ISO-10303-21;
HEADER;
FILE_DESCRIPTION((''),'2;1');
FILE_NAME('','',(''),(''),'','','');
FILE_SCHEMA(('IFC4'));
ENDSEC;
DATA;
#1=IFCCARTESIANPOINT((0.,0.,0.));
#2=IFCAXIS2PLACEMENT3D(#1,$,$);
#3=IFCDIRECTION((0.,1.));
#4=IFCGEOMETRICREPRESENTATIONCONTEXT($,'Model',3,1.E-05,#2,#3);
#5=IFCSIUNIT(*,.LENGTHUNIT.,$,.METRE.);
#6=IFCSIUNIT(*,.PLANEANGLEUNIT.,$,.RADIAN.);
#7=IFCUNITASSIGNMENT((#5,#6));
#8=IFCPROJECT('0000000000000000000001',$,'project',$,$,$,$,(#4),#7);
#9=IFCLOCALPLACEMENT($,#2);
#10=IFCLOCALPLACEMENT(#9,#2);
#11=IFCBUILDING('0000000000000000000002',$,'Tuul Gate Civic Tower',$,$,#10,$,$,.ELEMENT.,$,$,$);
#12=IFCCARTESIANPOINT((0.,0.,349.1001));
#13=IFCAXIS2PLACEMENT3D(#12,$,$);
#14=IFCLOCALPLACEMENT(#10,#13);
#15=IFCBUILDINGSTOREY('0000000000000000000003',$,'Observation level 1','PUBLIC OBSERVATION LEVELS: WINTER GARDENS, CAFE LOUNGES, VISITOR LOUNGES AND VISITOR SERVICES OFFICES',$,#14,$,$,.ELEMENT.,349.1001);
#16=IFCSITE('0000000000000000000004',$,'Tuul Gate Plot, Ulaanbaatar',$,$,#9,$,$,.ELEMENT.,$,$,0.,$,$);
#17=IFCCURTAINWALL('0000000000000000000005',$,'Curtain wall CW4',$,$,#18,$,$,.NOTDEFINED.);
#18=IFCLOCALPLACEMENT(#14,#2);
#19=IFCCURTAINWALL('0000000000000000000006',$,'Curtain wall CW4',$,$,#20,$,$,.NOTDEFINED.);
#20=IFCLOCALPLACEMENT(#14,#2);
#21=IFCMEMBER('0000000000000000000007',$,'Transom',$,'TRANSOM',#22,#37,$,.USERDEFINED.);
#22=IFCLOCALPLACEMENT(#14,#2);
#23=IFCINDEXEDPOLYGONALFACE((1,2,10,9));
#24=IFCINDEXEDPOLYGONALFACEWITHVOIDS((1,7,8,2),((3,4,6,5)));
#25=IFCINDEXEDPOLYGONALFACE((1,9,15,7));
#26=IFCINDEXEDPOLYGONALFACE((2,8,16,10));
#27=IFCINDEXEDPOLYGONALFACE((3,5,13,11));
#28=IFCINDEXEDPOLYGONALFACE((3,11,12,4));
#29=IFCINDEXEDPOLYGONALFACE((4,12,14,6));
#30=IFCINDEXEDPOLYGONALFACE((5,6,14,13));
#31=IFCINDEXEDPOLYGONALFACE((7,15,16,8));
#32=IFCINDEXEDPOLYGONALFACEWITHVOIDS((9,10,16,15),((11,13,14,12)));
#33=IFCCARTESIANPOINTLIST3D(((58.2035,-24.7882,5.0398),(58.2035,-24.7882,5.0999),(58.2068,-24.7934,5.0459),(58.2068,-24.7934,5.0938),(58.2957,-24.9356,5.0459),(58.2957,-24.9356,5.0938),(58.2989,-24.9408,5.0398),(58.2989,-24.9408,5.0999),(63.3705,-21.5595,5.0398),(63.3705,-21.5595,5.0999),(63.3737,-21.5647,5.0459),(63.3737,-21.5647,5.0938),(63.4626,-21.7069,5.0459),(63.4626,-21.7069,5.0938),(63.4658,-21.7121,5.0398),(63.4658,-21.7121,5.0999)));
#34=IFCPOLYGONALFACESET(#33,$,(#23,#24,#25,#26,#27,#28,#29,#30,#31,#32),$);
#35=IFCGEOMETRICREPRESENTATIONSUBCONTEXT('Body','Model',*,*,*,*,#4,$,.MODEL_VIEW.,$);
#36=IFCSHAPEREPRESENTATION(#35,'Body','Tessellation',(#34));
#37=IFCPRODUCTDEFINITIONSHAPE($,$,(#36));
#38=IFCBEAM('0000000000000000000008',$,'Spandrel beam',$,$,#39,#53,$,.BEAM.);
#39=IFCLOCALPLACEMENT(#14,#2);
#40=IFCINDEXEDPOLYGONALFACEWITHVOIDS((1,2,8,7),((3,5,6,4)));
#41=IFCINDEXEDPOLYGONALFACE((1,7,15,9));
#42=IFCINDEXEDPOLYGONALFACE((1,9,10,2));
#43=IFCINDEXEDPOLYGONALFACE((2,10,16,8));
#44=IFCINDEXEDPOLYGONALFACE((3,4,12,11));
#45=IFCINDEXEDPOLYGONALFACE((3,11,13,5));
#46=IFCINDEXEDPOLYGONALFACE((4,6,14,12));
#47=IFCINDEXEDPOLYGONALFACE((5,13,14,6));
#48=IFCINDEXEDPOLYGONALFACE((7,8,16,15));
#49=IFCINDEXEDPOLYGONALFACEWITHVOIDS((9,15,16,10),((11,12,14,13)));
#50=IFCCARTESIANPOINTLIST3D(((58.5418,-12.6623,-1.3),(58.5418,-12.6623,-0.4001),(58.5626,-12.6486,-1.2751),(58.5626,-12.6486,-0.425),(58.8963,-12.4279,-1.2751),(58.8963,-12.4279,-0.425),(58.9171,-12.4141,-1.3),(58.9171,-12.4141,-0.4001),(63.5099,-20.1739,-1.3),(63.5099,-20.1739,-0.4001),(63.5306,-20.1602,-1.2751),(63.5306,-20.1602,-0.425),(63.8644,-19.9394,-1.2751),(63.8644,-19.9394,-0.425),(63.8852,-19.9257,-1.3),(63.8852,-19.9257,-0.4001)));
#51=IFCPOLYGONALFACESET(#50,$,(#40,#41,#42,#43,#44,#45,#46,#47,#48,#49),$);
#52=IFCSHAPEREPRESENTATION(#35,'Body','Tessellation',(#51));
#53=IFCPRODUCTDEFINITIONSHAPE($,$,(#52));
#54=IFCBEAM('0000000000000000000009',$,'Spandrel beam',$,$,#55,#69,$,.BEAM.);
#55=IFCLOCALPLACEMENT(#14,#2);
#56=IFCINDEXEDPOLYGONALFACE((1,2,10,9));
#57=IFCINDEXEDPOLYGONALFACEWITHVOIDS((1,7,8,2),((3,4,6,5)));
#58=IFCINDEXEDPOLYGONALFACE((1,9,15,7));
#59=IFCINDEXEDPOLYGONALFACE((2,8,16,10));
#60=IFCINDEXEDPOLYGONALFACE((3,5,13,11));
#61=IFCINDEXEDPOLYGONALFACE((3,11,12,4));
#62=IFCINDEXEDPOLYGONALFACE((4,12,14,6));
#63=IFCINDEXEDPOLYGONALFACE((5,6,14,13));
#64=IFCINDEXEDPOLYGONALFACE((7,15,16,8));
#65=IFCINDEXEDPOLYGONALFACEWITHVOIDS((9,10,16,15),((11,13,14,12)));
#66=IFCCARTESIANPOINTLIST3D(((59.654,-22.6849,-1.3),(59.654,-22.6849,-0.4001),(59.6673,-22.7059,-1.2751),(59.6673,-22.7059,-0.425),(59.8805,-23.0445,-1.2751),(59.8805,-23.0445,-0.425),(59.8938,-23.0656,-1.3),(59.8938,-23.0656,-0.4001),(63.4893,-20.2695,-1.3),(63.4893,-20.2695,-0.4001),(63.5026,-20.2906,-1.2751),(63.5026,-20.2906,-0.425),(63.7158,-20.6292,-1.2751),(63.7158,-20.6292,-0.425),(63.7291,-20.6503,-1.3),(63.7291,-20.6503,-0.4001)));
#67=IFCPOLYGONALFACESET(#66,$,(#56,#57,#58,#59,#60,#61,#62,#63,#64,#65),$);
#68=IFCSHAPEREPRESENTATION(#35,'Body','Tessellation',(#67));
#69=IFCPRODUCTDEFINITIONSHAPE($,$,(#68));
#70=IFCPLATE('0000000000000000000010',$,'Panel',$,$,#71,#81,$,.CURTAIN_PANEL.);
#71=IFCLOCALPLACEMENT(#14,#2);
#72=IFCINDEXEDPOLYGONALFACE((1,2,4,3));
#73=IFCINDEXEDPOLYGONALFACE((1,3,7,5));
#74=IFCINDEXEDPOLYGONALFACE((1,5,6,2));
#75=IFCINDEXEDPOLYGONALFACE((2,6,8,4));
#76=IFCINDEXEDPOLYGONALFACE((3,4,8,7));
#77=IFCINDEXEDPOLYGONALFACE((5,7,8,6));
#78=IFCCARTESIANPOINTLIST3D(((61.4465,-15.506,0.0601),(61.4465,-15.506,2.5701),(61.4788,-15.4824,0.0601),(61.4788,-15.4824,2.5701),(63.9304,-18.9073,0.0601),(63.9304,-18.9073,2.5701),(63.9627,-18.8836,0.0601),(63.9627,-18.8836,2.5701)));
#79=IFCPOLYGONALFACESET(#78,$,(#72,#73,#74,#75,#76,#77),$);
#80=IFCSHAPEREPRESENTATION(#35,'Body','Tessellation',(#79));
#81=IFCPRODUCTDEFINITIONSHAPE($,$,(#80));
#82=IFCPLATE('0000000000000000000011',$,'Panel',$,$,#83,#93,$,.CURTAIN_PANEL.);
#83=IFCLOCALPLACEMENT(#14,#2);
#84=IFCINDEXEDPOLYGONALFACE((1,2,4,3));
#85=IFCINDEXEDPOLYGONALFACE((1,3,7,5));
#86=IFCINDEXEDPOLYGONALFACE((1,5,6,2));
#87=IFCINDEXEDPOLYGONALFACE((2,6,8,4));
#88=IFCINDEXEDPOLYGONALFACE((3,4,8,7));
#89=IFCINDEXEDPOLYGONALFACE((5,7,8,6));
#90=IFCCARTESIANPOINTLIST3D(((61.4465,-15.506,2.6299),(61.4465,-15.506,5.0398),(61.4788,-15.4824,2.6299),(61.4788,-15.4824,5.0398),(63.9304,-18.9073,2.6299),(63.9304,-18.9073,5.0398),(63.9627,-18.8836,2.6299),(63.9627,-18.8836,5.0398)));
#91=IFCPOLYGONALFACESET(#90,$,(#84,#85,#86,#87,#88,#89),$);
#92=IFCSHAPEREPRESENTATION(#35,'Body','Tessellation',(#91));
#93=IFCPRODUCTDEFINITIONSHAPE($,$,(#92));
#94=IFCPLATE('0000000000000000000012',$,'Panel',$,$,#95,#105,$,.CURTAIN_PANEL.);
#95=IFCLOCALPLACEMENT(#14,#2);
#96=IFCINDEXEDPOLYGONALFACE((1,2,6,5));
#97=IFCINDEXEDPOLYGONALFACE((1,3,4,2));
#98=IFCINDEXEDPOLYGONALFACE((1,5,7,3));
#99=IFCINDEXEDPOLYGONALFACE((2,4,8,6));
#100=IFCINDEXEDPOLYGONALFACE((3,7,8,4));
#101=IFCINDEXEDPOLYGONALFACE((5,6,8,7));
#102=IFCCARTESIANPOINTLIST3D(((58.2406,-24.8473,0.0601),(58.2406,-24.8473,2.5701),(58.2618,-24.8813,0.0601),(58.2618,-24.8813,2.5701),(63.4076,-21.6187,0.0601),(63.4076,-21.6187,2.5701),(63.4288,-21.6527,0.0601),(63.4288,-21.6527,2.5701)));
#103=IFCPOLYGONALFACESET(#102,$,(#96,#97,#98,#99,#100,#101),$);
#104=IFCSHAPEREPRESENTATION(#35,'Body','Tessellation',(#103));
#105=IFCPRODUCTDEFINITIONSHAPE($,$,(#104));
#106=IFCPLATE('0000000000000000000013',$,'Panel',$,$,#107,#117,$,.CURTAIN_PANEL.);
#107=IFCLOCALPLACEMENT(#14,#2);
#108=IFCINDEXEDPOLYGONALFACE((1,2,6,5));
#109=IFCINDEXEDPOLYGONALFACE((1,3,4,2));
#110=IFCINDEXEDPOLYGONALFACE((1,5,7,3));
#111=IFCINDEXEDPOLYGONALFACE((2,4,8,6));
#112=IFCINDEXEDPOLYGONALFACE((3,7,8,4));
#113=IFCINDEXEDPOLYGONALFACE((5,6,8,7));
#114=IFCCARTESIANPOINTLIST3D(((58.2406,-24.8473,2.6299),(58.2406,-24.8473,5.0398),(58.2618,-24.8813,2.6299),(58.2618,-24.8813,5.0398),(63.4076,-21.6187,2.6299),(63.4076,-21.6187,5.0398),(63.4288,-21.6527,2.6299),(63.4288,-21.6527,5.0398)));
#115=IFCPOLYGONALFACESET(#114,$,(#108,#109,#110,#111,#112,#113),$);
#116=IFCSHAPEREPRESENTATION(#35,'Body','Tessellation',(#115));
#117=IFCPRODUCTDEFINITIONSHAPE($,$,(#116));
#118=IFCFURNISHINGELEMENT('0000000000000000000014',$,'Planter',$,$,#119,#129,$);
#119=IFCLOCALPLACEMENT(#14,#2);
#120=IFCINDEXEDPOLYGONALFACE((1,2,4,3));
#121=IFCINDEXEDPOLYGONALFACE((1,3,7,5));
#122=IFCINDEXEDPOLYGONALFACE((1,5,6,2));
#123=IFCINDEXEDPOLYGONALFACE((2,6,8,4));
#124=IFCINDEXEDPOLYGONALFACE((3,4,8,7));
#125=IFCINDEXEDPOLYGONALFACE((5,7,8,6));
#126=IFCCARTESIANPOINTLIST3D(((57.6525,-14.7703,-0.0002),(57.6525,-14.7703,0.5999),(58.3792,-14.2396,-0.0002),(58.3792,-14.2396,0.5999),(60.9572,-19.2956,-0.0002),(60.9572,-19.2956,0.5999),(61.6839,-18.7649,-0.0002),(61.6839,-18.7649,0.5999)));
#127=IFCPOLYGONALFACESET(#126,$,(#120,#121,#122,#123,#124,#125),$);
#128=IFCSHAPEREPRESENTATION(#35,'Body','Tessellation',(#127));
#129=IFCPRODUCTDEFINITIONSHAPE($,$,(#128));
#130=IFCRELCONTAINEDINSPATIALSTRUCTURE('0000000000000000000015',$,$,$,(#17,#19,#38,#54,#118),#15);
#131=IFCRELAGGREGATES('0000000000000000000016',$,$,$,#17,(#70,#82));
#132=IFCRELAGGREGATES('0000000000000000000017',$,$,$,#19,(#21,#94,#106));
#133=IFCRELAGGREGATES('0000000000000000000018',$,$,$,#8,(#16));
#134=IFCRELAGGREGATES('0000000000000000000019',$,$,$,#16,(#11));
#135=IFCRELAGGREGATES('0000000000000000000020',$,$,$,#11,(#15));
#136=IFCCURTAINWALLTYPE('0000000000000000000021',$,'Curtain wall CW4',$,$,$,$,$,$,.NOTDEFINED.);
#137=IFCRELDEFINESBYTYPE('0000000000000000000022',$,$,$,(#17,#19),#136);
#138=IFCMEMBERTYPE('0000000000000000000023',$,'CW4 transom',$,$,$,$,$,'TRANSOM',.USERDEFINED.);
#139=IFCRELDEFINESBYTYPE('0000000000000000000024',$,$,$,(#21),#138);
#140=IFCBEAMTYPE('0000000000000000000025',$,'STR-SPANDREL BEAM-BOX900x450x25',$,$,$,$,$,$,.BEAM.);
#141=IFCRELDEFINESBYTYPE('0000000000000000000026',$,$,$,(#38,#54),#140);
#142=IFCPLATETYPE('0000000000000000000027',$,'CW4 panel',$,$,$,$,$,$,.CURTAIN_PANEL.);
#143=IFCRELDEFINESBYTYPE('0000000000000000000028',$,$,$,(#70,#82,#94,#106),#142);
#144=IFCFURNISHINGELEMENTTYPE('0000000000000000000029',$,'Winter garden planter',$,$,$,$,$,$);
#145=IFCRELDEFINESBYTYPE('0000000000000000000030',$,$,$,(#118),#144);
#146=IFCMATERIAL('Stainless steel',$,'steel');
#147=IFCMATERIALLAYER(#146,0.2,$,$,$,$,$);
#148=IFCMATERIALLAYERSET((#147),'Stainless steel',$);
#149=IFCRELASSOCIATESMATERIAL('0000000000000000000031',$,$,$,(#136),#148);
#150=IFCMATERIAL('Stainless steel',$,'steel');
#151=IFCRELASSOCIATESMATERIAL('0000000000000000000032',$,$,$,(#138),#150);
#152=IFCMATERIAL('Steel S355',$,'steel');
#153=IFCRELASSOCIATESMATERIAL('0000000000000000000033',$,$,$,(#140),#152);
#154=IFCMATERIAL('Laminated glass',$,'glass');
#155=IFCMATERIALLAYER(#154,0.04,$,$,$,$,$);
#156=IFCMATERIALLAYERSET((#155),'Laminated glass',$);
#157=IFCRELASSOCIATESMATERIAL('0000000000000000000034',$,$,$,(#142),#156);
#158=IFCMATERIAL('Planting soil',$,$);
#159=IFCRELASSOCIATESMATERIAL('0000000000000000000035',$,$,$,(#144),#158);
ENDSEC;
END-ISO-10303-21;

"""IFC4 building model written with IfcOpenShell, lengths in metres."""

from ifc_helpers import new_model, si_unit, direction, frame, origin, origin_2d, place, context, subcontext, project, spatial, rectangle, hollow_rectangle, extrude, material, layer, layer_set, material_profile, profile_set, type_object, element, aggregate, save


model = new_model("IFC4")

# Units and contexts
model_context = context("Model", 3, precision=1e-05, world=origin(), true_north=direction((0.0, 1.0)))
body_context = subcontext(model_context, "Body", "Model", "MODEL_VIEW")
ifc_project = project(units=[si_unit("LENGTHUNIT", "METRE"), si_unit("PLANEANGLEUNIT", "RADIAN")], contexts=[model_context])

# Site, building, storey
site_placement = place(None, origin())
site = spatial("IfcSite", under=ifc_project, at=site_placement, Name="Tuul Gate Plot, Ulaanbaatar", CompositionType="ELEMENT", RefElevation=0.0)
building_placement = place(site_placement, origin())
building = spatial("IfcBuilding", under=site, at=building_placement, Name="Tuul Gate Civic Tower", CompositionType="ELEMENT")
storey_placement = place(building_placement, frame((0.0, 0.0, 349.1001)))
storey = spatial("IfcBuildingStorey", under=building, at=storey_placement, Name="Observation level 1", Description="PUBLIC OBSERVATION LEVELS: WINTER GARDENS, CAFE LOUNGES, VISITOR LOUNGES AND VISITOR SERVICES OFFICES", CompositionType="ELEMENT", Elevation=349.1001)

# Curtain walls
ifc_material_1 = material(Name="Stainless steel", Category="steel")
ifc_layer_1 = layer(ifc_material_1, 0.2)
ifc_layer_set_1 = layer_set([ifc_layer_1], Name="Stainless steel")
curtain_wall_type = type_object("IfcCurtainWallType", Name="Curtain wall CW4", PredefinedType="NOTDEFINED", material=ifc_layer_set_1)
curtain_wall_1_placement = place(storey_placement, origin())
curtain_wall_1 = element("IfcCurtainWall", 1, at=curtain_wall_1_placement, inside=storey, type_object=curtain_wall_type, Name="Curtain wall CW4", PredefinedType="NOTDEFINED")
curtain_wall_2_placement = place(storey_placement, origin())
curtain_wall_2 = element("IfcCurtainWall", 2, at=curtain_wall_2_placement, inside=storey, type_object=curtain_wall_type, Name="Curtain wall CW4", PredefinedType="NOTDEFINED")

# Member
ifc_material_2 = material(Name="Stainless steel", Category="steel")
ifc_material_profile_1 = material_profile(ifc_material_2, hollow_rectangle(XDim=0.1799, YDim=0.0601, WallThickness=0.0061, at=origin_2d()), Name="CW4 transom")
ifc_profile_set_1 = profile_set([ifc_material_profile_1], Name="Stainless steel")
member_type_1 = type_object("IfcMemberType", Name="CW4 transom", ElementType="TRANSOM", PredefinedType="USERDEFINED", material=ifc_profile_set_1)
member_1_placement = place(storey_placement, frame((58.2512, -24.8645, 5.0698), z_axis=(0.848043, 0.529927, 0.0), x_axis=(-0.529927, 0.848043, 0.0)))
member_1 = element("IfcMember", 3, at=member_1_placement, type_object=member_type_1, Name="Transom", ObjectType="TRANSOM", PredefinedType="USERDEFINED", context=body_context, shape_type="SweptSolid", body=[
    extrude(hollow_rectangle(XDim=0.1799, YDim=0.0601, WallThickness=0.0061, at=origin_2d()), origin(), (0.0, 0.0, 1.0), 6.0928),
])

# Beams
ifc_material_3 = material(Name="Steel S355", Category="steel")
ifc_material_profile_2 = material_profile(ifc_material_3, hollow_rectangle(XDim=0.45, YDim=0.8999, WallThickness=0.0249, at=origin_2d()), Name="BOX900x450x25")
ifc_profile_set_2 = profile_set([ifc_material_profile_2], Name="Steel S355")
beam_type = type_object("IfcBeamType", Name="STR-SPANDREL BEAM-BOX900x450x25", PredefinedType="BEAM", material=ifc_profile_set_2)
beam_1_placement = place(storey_placement, frame((63.6975, -20.0498, -0.8501), z_axis=(-0.55165, 0.834076, 0.0), x_axis=(-0.834076, -0.55165, 0.0)))
element("IfcBeam", 4, at=beam_1_placement, inside=storey, type_object=beam_type, Name="Spandrel beam", PredefinedType="BEAM", context=body_context, shape_type="SweptSolid", body=[
    extrude(hollow_rectangle(XDim=0.45, YDim=0.8999, WallThickness=0.0249, at=origin_2d()), origin(), (0.0, 0.0, 1.0), 9.0059),
])
beam_2_placement = place(storey_placement, frame((59.7739, -22.8752, -0.8501), z_axis=(0.846181, 0.532896, 0.0), x_axis=(-0.532896, 0.846181, 0.0)))
element("IfcBeam", 5, at=beam_2_placement, inside=storey, type_object=beam_type, Name="Spandrel beam", PredefinedType="BEAM", context=body_context, shape_type="SweptSolid", body=[
    extrude(hollow_rectangle(XDim=0.45, YDim=0.8999, WallThickness=0.0249, at=origin_2d()), origin(), (0.0, 0.0, 1.0), 4.5325),
])

# Plates
ifc_material_4 = material(Name="Laminated glass", Category="glass")
ifc_layer_2 = layer(ifc_material_4, 0.04)
ifc_layer_set_2 = layer_set([ifc_layer_2], Name="Laminated glass")
plate_type = type_object("IfcPlateType", Name="CW4 panel", PredefinedType="CURTAIN_PANEL", material=ifc_layer_set_2)
plate_1_placement = place(storey_placement, frame((62.7046, -17.1948, 0.0601), z_axis=(0.0, 0.0, 1.0), x_axis=(-0.58976, 0.807578, 0.0)))
plate_1 = element("IfcPlate", 6, at=plate_1_placement, type_object=plate_type, Name="Panel", PredefinedType="CURTAIN_PANEL", context=body_context, shape_type="SweptSolid", body=[
    extrude(rectangle(XDim=4.2117, YDim=0.04, at=origin_2d()), origin(), (0.0, 0.0, 1.0), 2.51),
])
plate_2_placement = place(storey_placement, frame((62.7046, -17.1948, 2.6299), z_axis=(0.0, 0.0, 1.0), x_axis=(-0.58976, 0.807578, 0.0)))
plate_2 = element("IfcPlate", 7, at=plate_2_placement, type_object=plate_type, Name="Panel", PredefinedType="CURTAIN_PANEL", context=body_context, shape_type="SweptSolid", body=[
    extrude(rectangle(XDim=4.2117, YDim=0.04, at=origin_2d()), origin(), (0.0, 0.0, 1.0), 2.4099),
])
aggregate(curtain_wall_1, [plate_1, plate_2])
plate_3_placement = place(storey_placement, frame((60.8347, -23.25, 0.0601), z_axis=(0.0, 0.0, 1.0), x_axis=(0.848053, 0.529912, 0.0)))
plate_3 = element("IfcPlate", 8, at=plate_3_placement, type_object=plate_type, Name="Panel", PredefinedType="CURTAIN_PANEL", context=body_context, shape_type="SweptSolid", body=[
    extrude(rectangle(XDim=6.0928, YDim=0.04, at=origin_2d()), origin(), (0.0, 0.0, 1.0), 2.51),
])
plate_4_placement = place(storey_placement, frame((60.8347, -23.25, 2.6299), z_axis=(0.0, 0.0, 1.0), x_axis=(0.848053, 0.529912, 0.0)))
plate_4 = element("IfcPlate", 9, at=plate_4_placement, type_object=plate_type, Name="Panel", PredefinedType="CURTAIN_PANEL", context=body_context, shape_type="SweptSolid", body=[
    extrude(rectangle(XDim=6.0928, YDim=0.04, at=origin_2d()), origin(), (0.0, 0.0, 1.0), 2.4099),
])
aggregate(curtain_wall_2, [member_1, plate_3, plate_4])

# Furnishing element
ifc_material_5 = material(Name="Planting soil")
furnishing_element_type = type_object("IfcFurnishingElementType", Name="Winter garden planter", material=ifc_material_5)
furnishing_placement = place(storey_placement, frame((59.6682, -16.7676, -0.0002), z_axis=(0.0, 0.0, 1.0), x_axis=(-0.58976, 0.807578, 0.0)))
element("IfcFurnishingElement", 10, at=furnishing_placement, inside=storey, type_object=furnishing_element_type, Name="Planter", context=body_context, shape_type="SweptSolid", body=[
    extrude(rectangle(XDim=5.6035, YDim=0.8999, at=origin_2d()), origin(), (0.0, 0.0, 1.0), 0.6001),
])

save(model, "model.ifc")
